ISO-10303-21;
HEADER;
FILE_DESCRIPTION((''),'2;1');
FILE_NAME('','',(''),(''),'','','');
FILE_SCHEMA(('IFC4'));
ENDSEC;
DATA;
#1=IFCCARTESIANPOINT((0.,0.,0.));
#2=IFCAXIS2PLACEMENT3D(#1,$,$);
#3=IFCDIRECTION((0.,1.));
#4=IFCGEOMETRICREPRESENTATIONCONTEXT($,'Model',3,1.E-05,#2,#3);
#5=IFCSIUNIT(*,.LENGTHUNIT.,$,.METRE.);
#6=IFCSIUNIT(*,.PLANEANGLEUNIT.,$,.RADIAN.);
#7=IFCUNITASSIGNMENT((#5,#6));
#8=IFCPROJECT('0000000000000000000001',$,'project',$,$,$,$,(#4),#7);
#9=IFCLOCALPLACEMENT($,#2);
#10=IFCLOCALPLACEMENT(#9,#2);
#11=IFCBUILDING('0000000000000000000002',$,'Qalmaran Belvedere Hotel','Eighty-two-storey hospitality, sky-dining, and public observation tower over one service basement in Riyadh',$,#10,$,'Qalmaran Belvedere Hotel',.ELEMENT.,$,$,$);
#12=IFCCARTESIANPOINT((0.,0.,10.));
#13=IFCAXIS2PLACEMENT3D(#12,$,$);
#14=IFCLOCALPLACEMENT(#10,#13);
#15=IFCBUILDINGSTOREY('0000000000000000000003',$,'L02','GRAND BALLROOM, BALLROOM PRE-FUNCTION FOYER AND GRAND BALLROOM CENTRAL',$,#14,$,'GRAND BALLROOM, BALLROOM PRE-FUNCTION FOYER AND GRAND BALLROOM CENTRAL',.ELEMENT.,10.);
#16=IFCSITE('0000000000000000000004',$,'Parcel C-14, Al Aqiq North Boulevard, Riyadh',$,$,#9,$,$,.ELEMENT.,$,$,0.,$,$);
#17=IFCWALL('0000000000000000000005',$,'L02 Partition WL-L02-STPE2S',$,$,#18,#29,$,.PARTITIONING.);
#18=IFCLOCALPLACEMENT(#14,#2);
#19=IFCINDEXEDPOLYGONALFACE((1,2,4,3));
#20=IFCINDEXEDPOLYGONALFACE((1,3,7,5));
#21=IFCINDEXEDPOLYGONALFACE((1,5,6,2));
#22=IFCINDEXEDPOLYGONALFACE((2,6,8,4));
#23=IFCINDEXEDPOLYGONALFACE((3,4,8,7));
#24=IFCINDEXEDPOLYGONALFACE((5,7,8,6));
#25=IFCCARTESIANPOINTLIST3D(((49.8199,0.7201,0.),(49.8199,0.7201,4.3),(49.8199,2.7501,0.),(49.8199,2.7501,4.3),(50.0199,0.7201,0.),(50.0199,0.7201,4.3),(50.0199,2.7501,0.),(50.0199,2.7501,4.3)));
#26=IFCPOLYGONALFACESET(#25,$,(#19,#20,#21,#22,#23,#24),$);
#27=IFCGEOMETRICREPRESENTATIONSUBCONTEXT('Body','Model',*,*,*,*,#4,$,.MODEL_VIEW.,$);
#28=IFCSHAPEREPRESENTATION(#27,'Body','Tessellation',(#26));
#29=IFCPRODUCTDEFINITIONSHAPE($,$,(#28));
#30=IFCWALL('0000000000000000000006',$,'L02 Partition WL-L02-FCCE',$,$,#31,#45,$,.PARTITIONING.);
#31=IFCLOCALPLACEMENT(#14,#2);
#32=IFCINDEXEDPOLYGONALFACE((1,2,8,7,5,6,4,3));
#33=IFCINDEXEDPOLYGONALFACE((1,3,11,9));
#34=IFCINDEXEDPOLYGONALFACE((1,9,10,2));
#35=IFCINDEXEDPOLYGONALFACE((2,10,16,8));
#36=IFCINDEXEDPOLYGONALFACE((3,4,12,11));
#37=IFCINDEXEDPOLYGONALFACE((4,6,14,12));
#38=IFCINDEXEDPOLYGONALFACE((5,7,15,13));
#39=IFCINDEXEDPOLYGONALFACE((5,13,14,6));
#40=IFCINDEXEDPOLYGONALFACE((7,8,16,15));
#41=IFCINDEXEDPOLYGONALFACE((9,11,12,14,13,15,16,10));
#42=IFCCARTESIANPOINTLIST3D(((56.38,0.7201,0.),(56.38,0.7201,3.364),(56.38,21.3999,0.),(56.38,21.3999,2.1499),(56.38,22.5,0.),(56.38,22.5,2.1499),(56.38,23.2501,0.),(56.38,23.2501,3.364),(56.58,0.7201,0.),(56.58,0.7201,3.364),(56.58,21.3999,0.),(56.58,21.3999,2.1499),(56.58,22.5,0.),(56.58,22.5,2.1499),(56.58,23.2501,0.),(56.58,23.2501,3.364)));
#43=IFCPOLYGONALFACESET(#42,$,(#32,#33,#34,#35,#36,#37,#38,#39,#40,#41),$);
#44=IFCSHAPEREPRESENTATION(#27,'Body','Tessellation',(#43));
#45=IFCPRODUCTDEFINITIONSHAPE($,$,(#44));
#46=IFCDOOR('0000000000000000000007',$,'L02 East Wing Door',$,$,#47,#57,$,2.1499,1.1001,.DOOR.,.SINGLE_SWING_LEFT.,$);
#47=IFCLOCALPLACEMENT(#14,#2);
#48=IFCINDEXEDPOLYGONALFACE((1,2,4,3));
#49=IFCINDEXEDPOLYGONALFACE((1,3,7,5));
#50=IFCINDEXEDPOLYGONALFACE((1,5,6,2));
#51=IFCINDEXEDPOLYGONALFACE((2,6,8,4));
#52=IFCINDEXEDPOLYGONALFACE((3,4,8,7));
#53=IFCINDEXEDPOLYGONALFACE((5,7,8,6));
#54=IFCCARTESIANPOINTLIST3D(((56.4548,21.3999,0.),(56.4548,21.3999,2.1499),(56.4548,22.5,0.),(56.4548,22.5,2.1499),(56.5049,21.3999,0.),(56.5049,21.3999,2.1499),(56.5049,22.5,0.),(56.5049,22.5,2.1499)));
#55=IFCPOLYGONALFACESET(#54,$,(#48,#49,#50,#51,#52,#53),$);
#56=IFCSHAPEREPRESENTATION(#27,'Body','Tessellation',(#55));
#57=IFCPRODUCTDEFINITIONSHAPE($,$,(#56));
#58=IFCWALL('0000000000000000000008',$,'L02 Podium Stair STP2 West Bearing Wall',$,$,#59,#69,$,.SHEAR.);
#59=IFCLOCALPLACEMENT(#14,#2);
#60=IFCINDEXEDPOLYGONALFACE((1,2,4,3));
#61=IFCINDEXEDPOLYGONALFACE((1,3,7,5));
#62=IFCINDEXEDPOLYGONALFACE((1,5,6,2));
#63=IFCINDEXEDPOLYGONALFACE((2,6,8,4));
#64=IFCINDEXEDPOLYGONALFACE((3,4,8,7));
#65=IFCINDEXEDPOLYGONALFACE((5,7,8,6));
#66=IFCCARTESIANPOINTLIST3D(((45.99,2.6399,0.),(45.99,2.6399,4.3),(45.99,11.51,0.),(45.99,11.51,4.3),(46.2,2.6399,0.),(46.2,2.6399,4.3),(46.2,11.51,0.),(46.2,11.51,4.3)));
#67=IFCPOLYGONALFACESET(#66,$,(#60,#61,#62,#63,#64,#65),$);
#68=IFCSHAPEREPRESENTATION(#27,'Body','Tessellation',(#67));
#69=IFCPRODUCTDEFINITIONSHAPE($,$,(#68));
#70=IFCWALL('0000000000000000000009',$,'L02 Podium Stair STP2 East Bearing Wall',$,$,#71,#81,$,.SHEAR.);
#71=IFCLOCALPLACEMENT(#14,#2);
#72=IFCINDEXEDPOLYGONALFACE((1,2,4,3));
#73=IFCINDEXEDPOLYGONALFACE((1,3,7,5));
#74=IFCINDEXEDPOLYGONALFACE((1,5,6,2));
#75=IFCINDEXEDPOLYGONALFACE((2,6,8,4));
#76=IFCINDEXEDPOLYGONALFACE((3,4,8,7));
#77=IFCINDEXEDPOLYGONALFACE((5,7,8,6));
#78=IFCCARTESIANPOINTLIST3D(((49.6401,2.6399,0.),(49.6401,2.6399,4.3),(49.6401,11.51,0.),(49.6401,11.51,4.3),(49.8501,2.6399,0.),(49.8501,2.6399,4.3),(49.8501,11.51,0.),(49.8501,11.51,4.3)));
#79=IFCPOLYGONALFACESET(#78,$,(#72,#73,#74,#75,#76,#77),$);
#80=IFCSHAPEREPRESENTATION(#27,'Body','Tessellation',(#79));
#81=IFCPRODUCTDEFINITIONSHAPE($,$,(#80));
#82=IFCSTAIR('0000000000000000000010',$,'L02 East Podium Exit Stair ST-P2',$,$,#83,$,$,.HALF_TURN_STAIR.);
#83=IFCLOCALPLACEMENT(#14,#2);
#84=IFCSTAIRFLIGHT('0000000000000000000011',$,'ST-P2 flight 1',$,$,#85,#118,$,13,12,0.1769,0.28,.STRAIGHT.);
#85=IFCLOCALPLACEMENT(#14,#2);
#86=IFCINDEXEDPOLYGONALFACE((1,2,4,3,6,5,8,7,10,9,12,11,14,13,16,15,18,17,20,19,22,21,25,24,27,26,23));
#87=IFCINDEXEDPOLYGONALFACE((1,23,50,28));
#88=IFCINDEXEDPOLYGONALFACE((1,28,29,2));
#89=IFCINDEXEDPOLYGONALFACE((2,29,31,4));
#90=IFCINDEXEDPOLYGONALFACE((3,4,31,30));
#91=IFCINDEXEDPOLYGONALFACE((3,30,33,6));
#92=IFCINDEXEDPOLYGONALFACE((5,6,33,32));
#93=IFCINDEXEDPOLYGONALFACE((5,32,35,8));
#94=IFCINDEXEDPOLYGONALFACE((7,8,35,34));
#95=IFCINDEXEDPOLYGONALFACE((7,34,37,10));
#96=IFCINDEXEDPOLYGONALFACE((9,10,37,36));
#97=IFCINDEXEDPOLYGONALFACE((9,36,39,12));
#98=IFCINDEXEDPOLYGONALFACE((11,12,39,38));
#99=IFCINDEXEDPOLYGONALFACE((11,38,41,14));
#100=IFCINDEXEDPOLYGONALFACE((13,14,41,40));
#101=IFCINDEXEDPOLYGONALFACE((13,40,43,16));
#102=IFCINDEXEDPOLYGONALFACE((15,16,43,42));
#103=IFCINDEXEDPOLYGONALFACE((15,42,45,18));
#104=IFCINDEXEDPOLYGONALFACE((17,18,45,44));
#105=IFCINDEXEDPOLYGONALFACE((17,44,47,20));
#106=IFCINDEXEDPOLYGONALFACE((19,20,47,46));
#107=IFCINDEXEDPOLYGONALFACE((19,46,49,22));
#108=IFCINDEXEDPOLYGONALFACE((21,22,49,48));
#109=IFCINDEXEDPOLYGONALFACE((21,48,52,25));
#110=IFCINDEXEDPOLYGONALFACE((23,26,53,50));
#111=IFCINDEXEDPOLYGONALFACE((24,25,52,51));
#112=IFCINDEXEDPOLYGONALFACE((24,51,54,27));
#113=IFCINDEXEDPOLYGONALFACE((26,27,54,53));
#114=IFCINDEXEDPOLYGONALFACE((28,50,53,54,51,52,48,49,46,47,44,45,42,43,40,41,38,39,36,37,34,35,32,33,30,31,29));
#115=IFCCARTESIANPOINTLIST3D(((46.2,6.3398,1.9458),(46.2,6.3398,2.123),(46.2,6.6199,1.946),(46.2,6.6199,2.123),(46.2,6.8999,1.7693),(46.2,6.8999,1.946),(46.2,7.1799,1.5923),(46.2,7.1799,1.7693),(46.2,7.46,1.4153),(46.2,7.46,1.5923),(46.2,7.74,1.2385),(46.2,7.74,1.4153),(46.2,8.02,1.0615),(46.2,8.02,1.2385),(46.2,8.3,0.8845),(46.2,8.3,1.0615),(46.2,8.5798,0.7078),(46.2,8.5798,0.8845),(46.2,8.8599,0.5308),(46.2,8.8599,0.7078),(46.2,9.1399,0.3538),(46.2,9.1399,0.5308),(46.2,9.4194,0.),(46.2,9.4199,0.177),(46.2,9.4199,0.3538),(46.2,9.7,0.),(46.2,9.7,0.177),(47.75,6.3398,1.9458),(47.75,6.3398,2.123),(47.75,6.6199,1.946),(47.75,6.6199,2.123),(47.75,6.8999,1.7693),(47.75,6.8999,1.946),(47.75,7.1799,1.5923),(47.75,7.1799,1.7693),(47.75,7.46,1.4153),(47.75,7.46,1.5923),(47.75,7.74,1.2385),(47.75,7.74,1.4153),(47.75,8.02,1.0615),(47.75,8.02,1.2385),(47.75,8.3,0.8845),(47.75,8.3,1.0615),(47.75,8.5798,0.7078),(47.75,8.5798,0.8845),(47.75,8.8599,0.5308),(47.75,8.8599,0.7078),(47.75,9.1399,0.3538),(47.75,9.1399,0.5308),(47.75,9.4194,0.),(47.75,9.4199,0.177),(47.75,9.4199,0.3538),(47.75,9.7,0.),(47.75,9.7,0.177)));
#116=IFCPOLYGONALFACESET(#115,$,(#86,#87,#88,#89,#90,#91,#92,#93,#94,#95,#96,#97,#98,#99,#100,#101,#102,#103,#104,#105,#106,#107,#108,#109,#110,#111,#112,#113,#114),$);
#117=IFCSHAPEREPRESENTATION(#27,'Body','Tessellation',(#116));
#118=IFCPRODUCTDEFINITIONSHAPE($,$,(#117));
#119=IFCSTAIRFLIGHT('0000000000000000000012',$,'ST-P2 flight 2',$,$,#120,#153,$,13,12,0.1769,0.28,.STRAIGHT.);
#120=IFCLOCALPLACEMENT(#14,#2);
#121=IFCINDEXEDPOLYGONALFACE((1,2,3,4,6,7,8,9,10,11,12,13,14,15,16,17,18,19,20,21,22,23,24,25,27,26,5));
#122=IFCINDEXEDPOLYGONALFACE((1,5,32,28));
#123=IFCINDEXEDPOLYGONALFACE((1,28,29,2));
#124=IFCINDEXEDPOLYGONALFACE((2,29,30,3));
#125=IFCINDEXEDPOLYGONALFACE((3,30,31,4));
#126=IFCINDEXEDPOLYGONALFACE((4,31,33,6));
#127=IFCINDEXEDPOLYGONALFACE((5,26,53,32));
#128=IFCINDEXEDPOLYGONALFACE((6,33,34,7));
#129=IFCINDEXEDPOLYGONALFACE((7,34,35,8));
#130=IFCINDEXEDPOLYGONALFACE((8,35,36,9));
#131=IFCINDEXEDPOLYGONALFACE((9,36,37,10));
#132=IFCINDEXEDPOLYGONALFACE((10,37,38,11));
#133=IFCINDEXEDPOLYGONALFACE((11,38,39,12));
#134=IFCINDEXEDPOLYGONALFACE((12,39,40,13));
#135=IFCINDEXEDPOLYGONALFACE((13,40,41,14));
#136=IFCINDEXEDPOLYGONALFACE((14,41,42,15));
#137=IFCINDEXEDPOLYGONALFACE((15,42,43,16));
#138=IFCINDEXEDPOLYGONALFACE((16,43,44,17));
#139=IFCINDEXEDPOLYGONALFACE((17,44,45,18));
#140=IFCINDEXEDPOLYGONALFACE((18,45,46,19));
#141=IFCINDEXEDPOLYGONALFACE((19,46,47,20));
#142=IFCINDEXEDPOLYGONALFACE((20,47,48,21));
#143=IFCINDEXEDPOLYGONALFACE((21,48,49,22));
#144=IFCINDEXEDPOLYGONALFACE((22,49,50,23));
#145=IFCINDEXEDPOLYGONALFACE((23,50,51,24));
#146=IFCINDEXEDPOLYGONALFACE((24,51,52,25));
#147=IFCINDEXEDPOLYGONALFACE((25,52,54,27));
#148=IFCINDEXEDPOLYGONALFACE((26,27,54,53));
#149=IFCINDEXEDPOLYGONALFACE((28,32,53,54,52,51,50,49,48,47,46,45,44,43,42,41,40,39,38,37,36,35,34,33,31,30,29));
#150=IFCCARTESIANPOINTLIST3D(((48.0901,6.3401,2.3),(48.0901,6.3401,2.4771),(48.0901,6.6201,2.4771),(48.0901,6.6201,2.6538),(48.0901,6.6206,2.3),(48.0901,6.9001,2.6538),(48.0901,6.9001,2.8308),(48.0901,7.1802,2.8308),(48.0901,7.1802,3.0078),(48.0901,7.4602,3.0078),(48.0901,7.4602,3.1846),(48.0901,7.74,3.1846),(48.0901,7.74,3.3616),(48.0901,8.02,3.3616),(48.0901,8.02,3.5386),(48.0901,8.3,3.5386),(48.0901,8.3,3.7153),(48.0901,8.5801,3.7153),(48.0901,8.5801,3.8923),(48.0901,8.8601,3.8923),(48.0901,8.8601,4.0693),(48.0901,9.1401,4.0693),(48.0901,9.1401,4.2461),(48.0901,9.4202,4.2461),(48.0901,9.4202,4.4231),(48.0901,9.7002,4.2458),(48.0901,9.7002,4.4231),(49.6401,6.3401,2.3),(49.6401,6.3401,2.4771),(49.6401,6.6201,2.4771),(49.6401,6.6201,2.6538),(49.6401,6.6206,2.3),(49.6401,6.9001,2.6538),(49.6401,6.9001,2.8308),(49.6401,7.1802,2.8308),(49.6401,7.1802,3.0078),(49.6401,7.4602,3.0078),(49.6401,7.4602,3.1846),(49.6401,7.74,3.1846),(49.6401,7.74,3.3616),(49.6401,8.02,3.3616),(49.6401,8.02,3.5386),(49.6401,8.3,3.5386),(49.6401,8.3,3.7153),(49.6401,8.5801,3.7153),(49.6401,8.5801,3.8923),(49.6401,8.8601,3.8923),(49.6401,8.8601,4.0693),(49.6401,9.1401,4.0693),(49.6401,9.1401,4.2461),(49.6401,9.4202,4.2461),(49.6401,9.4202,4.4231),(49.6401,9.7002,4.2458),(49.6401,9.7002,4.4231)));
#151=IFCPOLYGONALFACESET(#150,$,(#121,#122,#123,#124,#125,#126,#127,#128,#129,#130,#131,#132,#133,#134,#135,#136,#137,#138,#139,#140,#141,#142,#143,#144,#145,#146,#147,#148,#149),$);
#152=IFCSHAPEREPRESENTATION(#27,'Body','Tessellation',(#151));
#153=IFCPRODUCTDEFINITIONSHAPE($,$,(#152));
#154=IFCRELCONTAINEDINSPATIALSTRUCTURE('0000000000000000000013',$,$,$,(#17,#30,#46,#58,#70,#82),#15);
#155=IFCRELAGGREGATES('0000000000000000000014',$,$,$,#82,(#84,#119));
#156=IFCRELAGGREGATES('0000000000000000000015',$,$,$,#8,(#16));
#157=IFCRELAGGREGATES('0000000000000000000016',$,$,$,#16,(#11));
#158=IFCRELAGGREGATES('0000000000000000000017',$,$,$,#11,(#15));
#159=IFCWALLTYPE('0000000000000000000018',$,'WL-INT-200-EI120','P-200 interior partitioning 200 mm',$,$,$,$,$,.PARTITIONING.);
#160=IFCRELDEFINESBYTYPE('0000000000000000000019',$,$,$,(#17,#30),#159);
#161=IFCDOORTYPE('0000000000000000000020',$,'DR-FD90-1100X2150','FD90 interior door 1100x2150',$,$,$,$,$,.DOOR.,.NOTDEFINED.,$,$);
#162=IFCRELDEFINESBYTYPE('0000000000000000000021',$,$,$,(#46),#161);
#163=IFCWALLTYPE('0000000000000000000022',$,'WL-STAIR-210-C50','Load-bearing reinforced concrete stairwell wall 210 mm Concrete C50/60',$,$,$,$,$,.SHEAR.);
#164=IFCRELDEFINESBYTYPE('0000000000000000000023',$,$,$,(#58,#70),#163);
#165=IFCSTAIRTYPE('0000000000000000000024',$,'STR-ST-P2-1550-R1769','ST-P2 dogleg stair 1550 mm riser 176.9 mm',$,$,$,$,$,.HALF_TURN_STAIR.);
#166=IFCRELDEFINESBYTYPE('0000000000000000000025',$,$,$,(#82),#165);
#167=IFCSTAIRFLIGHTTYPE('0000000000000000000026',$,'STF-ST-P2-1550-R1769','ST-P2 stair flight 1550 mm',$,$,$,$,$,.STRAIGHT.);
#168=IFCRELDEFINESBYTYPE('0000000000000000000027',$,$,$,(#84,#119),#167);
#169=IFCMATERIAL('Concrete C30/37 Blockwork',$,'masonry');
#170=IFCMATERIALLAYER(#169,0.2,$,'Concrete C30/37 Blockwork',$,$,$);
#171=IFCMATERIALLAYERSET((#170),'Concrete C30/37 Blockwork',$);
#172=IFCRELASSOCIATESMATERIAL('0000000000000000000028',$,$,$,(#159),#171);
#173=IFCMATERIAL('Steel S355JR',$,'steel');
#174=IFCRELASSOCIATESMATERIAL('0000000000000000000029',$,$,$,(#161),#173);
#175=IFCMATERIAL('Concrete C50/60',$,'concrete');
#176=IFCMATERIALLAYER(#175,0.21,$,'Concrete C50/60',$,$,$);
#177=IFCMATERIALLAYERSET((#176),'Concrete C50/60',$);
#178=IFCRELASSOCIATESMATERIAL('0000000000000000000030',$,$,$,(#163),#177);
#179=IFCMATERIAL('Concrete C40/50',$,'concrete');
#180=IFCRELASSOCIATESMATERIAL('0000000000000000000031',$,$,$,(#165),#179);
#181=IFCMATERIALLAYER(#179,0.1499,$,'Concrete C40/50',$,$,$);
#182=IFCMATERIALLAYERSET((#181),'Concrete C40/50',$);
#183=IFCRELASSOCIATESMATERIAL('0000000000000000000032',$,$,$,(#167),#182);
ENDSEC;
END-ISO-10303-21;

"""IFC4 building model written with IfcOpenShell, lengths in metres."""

from ifc_helpers import new_model, si_unit, direction, frame, frame_2d, origin, place, context, subcontext, project, spatial, polyline, rectangle, outline, extrude, material, layer, layer_set, type_object, element, fill, aggregate, save


model = new_model("IFC4")

# Units and contexts
model_context = context("Model", 3, precision=1e-05, world=origin(), true_north=direction((0.0, 1.0)))
body_context = subcontext(model_context, "Body", "Model", "MODEL_VIEW")
ifc_project = project(units=[si_unit("LENGTHUNIT", "METRE"), si_unit("PLANEANGLEUNIT", "RADIAN")], contexts=[model_context])

# Site, building, storey
site_placement = place(None, origin())
site = spatial("IfcSite", under=ifc_project, at=site_placement, Name="Parcel C-14, Al Aqiq North Boulevard, Riyadh", CompositionType="ELEMENT", RefElevation=0.0)
building_placement = place(site_placement, origin())
building = spatial("IfcBuilding", under=site, at=building_placement, Name="Qalmaran Belvedere Hotel", Description="Eighty-two-storey hospitality, sky-dining, and public observation tower over one service basement in Riyadh", LongName="Qalmaran Belvedere Hotel", CompositionType="ELEMENT")
storey_placement = place(building_placement, frame((0.0, 0.0, 10.0)))
storey = spatial("IfcBuildingStorey", under=building, at=storey_placement, Name="L02", Description="GRAND BALLROOM, BALLROOM PRE-FUNCTION FOYER AND GRAND BALLROOM CENTRAL", LongName="GRAND BALLROOM, BALLROOM PRE-FUNCTION FOYER AND GRAND BALLROOM CENTRAL", CompositionType="ELEMENT", Elevation=10.0)

# Shared definitions
ifc_material_1 = material(Name="Steel S355JR", Category="steel")

# Shared definitions
ifc_material_2 = material(Name="Concrete C30/37 Blockwork", Category="masonry")
ifc_layer_1 = layer(ifc_material_2, 0.2, Name="Concrete C30/37 Blockwork")
ifc_layer_set_1 = layer_set([ifc_layer_1], Name="Concrete C30/37 Blockwork")
wall_type_1 = type_object("IfcWallType", Name="WL-INT-200-EI120", Description="P-200 interior partitioning 200 mm", PredefinedType="PARTITIONING", material=ifc_layer_set_1)
door_type_1 = type_object("IfcDoorType", Name="DR-FD90-1100X2150", Description="FD90 interior door 1100x2150", OperationType="NOTDEFINED", PredefinedType="DOOR", material=ifc_material_1)

# Wall
wall_1_placement = place(storey_placement, frame((49.9199, 0.72, 0.0), z_axis=(0.0, 0.0, 1.0), x_axis=(0.0, 1.0, 0.0)))
element("IfcWall", 1, at=wall_1_placement, inside=storey, type_object=wall_type_1, Name="L02 Partition WL-L02-STPE2S", PredefinedType="PARTITIONING", context=body_context, shape_type="SweptSolid", body=[
    extrude(rectangle(XDim=2.03, YDim=0.2, at=frame_2d((1.0151, 0.0))), origin(), (0.0, 0.0, 1.0), 4.3),
])

# Wall, opening, door
wall_2_placement = place(storey_placement, frame((56.48, 0.72, 0.0), z_axis=(0.0, 0.0, 1.0), x_axis=(0.0, 1.0, 0.0)))
wall_2 = element("IfcWall", 2, at=wall_2_placement, inside=storey, type_object=wall_type_1, Name="L02 Partition WL-L02-FCCE", PredefinedType="PARTITIONING", context=body_context, shape_type="SweptSolid", body=[
    extrude(rectangle(XDim=22.53, YDim=0.2, at=frame_2d((11.2651, 0.0))), origin(), (0.0, 0.0, 1.0), 3.364),
])
opening_1_placement = place(wall_2_placement, frame((21.78, 0.0, 0.0), z_axis=(0.0, 0.0, 1.0), x_axis=(-1.0, 0.0, 0.0)))
opening_1 = element("IfcOpeningElement", 3, at=opening_1_placement, cuts=wall_2, PredefinedType="OPENING", context=body_context, shape_type="SweptSolid", body=[
    extrude(rectangle(XDim=1.1001, YDim=2.1499, at=frame_2d((0.55, 1.075))), frame((0.0, 0.1099, 0.0), z_axis=(0.0, -1.0, 0.0), x_axis=(1.0, 0.0, 0.0)), (0.0, 0.0, 1.0), 0.22),
])
door_1_placement = place(opening_1_placement, origin())
door_1 = element("IfcDoor", 4, at=door_1_placement, inside=storey, type_object=door_type_1, Name="L02 East Wing Door", OperationType="SINGLE_SWING_LEFT", OverallHeight=2.1499, OverallWidth=1.1001, PredefinedType="DOOR", context=body_context, shape_type="SweptSolid", body=[
    extrude(rectangle(XDim=1.1001, YDim=2.1499, at=frame_2d((0.55, 1.075))), frame((0.0, 0.0249, 0.0), z_axis=(0.0, -1.0, 0.0), x_axis=(1.0, 0.0, 0.0)), (0.0, 0.0, 1.0), 0.05),
])
fill(opening_1, door_1)

# Walls
ifc_material_3 = material(Name="Concrete C50/60", Category="concrete")
ifc_layer_2 = layer(ifc_material_3, 0.21, Name="Concrete C50/60")
ifc_layer_set_2 = layer_set([ifc_layer_2], Name="Concrete C50/60")
wall_type_2 = type_object("IfcWallType", Name="WL-STAIR-210-C50", Description="Load-bearing reinforced concrete stairwell wall 210 mm Concrete C50/60", PredefinedType="SHEAR", material=ifc_layer_set_2)
for number, where, z_axis, x_axis, name in (
    (5, (46.095, 2.6399, 0.0), (0.0, 0.0, 1.0), (0.0, 1.0, 0.0), "L02 Podium Stair STP2 West Bearing Wall"),
    (6, (49.7451, 2.6399, 0.0), (0.0, 0.0, 1.0), (0.0, 1.0, 0.0), "L02 Podium Stair STP2 East Bearing Wall"),
):
    element("IfcWall", number, at=place(storey_placement, frame(where, z_axis=z_axis, x_axis=x_axis)), inside=storey, type_object=wall_type_2, Name=name, PredefinedType="SHEAR", context=body_context, shape_type="SweptSolid", body=[
        extrude(rectangle(XDim=8.8701, YDim=0.21, at=frame_2d((4.4351, 0.0))), origin(), (0.0, 0.0, 1.0), 4.3),
    ])

# Stair, stair flights
ifc_material_4 = material(Name="Concrete C40/50", Category="concrete")
stair_type = type_object("IfcStairType", Name="STR-ST-P2-1550-R1769", Description="ST-P2 dogleg stair 1550 mm riser 176.9 mm", PredefinedType="HALF_TURN_STAIR", material=ifc_material_4)
stair_placement = place(storey_placement, origin())
stair = element("IfcStair", 7, at=stair_placement, inside=storey, type_object=stair_type, Name="L02 East Podium Exit Stair ST-P2", PredefinedType="HALF_TURN_STAIR")
ifc_layer_3 = layer(ifc_material_4, 0.1499, Name="Concrete C40/50")
ifc_layer_set_3 = layer_set([ifc_layer_3], Name="Concrete C40/50")
stair_flight_type = type_object("IfcStairFlightType", Name="STF-ST-P2-1550-R1769", Description="ST-P2 stair flight 1550 mm", PredefinedType="STRAIGHT", material=ifc_layer_set_3)
stair_flight_1_placement = place(storey_placement, frame((46.9751, 9.7, 0.0), z_axis=(0.0, 0.0, 1.0), x_axis=(0.0, -1.0, 0.0)))
stair_flight_1 = element("IfcStairFlight", 8, at=stair_flight_1_placement, type_object=stair_flight_type, Name="ST-P2 flight 1", NumberOfRisers=13, NumberOfTreads=12, PredefinedType="STRAIGHT", RiserHeight=0.1769, TreadLength=0.28, context=body_context, shape_type="SweptSolid", body=[
    extrude(outline(polyline([(0.0, 0.0), (0.0, 0.177), (0.28, 0.177), (0.28, 0.3538), (0.5601, 0.3538), (0.5601, 0.5308), (0.8401, 0.5308), (0.8401, 0.7078), (1.1201, 0.7078), (1.1201, 0.8845), (1.3999, 0.8845), (1.3999, 1.0615), (1.6799, 1.0615), (1.6799, 1.2385), (1.96, 1.2385), (1.96, 1.4153), (2.24, 1.4153), (2.24, 1.5923), (2.52, 1.5923), (2.52, 1.7693), (2.8, 1.7693), (2.8, 1.946), (3.0801, 1.946), (3.0801, 2.123), (3.3601, 2.123), (3.3601, 2.3), (3.3601, 1.9458), (0.2805, 0.0), (0.0, 0.0)])), frame((0.0, 0.7749, 0.0), z_axis=(0.0, -1.0, 0.0), x_axis=(1.0, 0.0, 0.0)), (0.0, 0.0, 1.0), 1.55),
])
stair_flight_2_placement = place(storey_placement, frame((48.865, 6.3401, 2.3), z_axis=(0.0, 0.0, 1.0), x_axis=(0.0, 1.0, 0.0)))
stair_flight_2 = element("IfcStairFlight", 9, at=stair_flight_2_placement, type_object=stair_flight_type, Name="ST-P2 flight 2", NumberOfRisers=13, NumberOfTreads=12, PredefinedType="STRAIGHT", RiserHeight=0.1769, TreadLength=0.28, context=body_context, shape_type="SweptSolid", body=[
    extrude(outline(polyline([(0.0, 0.0), (0.0, 0.177), (0.28, 0.177), (0.28, 0.3538), (0.5601, 0.3538), (0.5601, 0.5308), (0.8401, 0.5308), (0.8401, 0.7078), (1.1201, 0.7078), (1.1201, 0.8845), (1.3999, 0.8845), (1.3999, 1.0615), (1.6799, 1.0615), (1.6799, 1.2385), (1.96, 1.2385), (1.96, 1.4153), (2.24, 1.4153), (2.24, 1.5923), (2.52, 1.5923), (2.52, 1.7693), (2.8, 1.7693), (2.8, 1.946), (3.0801, 1.946), (3.0801, 2.123), (3.3601, 2.123), (3.3601, 2.3), (3.3601, 1.9458), (0.2805, 0.0), (0.0, 0.0)])), frame((0.0, 0.7749, 0.0), z_axis=(0.0, -1.0, 0.0), x_axis=(1.0, 0.0, 0.0)), (0.0, 0.0, 1.0), 1.55),
])
aggregate(stair, [stair_flight_1, stair_flight_2])

save(model, "model.ifc")
